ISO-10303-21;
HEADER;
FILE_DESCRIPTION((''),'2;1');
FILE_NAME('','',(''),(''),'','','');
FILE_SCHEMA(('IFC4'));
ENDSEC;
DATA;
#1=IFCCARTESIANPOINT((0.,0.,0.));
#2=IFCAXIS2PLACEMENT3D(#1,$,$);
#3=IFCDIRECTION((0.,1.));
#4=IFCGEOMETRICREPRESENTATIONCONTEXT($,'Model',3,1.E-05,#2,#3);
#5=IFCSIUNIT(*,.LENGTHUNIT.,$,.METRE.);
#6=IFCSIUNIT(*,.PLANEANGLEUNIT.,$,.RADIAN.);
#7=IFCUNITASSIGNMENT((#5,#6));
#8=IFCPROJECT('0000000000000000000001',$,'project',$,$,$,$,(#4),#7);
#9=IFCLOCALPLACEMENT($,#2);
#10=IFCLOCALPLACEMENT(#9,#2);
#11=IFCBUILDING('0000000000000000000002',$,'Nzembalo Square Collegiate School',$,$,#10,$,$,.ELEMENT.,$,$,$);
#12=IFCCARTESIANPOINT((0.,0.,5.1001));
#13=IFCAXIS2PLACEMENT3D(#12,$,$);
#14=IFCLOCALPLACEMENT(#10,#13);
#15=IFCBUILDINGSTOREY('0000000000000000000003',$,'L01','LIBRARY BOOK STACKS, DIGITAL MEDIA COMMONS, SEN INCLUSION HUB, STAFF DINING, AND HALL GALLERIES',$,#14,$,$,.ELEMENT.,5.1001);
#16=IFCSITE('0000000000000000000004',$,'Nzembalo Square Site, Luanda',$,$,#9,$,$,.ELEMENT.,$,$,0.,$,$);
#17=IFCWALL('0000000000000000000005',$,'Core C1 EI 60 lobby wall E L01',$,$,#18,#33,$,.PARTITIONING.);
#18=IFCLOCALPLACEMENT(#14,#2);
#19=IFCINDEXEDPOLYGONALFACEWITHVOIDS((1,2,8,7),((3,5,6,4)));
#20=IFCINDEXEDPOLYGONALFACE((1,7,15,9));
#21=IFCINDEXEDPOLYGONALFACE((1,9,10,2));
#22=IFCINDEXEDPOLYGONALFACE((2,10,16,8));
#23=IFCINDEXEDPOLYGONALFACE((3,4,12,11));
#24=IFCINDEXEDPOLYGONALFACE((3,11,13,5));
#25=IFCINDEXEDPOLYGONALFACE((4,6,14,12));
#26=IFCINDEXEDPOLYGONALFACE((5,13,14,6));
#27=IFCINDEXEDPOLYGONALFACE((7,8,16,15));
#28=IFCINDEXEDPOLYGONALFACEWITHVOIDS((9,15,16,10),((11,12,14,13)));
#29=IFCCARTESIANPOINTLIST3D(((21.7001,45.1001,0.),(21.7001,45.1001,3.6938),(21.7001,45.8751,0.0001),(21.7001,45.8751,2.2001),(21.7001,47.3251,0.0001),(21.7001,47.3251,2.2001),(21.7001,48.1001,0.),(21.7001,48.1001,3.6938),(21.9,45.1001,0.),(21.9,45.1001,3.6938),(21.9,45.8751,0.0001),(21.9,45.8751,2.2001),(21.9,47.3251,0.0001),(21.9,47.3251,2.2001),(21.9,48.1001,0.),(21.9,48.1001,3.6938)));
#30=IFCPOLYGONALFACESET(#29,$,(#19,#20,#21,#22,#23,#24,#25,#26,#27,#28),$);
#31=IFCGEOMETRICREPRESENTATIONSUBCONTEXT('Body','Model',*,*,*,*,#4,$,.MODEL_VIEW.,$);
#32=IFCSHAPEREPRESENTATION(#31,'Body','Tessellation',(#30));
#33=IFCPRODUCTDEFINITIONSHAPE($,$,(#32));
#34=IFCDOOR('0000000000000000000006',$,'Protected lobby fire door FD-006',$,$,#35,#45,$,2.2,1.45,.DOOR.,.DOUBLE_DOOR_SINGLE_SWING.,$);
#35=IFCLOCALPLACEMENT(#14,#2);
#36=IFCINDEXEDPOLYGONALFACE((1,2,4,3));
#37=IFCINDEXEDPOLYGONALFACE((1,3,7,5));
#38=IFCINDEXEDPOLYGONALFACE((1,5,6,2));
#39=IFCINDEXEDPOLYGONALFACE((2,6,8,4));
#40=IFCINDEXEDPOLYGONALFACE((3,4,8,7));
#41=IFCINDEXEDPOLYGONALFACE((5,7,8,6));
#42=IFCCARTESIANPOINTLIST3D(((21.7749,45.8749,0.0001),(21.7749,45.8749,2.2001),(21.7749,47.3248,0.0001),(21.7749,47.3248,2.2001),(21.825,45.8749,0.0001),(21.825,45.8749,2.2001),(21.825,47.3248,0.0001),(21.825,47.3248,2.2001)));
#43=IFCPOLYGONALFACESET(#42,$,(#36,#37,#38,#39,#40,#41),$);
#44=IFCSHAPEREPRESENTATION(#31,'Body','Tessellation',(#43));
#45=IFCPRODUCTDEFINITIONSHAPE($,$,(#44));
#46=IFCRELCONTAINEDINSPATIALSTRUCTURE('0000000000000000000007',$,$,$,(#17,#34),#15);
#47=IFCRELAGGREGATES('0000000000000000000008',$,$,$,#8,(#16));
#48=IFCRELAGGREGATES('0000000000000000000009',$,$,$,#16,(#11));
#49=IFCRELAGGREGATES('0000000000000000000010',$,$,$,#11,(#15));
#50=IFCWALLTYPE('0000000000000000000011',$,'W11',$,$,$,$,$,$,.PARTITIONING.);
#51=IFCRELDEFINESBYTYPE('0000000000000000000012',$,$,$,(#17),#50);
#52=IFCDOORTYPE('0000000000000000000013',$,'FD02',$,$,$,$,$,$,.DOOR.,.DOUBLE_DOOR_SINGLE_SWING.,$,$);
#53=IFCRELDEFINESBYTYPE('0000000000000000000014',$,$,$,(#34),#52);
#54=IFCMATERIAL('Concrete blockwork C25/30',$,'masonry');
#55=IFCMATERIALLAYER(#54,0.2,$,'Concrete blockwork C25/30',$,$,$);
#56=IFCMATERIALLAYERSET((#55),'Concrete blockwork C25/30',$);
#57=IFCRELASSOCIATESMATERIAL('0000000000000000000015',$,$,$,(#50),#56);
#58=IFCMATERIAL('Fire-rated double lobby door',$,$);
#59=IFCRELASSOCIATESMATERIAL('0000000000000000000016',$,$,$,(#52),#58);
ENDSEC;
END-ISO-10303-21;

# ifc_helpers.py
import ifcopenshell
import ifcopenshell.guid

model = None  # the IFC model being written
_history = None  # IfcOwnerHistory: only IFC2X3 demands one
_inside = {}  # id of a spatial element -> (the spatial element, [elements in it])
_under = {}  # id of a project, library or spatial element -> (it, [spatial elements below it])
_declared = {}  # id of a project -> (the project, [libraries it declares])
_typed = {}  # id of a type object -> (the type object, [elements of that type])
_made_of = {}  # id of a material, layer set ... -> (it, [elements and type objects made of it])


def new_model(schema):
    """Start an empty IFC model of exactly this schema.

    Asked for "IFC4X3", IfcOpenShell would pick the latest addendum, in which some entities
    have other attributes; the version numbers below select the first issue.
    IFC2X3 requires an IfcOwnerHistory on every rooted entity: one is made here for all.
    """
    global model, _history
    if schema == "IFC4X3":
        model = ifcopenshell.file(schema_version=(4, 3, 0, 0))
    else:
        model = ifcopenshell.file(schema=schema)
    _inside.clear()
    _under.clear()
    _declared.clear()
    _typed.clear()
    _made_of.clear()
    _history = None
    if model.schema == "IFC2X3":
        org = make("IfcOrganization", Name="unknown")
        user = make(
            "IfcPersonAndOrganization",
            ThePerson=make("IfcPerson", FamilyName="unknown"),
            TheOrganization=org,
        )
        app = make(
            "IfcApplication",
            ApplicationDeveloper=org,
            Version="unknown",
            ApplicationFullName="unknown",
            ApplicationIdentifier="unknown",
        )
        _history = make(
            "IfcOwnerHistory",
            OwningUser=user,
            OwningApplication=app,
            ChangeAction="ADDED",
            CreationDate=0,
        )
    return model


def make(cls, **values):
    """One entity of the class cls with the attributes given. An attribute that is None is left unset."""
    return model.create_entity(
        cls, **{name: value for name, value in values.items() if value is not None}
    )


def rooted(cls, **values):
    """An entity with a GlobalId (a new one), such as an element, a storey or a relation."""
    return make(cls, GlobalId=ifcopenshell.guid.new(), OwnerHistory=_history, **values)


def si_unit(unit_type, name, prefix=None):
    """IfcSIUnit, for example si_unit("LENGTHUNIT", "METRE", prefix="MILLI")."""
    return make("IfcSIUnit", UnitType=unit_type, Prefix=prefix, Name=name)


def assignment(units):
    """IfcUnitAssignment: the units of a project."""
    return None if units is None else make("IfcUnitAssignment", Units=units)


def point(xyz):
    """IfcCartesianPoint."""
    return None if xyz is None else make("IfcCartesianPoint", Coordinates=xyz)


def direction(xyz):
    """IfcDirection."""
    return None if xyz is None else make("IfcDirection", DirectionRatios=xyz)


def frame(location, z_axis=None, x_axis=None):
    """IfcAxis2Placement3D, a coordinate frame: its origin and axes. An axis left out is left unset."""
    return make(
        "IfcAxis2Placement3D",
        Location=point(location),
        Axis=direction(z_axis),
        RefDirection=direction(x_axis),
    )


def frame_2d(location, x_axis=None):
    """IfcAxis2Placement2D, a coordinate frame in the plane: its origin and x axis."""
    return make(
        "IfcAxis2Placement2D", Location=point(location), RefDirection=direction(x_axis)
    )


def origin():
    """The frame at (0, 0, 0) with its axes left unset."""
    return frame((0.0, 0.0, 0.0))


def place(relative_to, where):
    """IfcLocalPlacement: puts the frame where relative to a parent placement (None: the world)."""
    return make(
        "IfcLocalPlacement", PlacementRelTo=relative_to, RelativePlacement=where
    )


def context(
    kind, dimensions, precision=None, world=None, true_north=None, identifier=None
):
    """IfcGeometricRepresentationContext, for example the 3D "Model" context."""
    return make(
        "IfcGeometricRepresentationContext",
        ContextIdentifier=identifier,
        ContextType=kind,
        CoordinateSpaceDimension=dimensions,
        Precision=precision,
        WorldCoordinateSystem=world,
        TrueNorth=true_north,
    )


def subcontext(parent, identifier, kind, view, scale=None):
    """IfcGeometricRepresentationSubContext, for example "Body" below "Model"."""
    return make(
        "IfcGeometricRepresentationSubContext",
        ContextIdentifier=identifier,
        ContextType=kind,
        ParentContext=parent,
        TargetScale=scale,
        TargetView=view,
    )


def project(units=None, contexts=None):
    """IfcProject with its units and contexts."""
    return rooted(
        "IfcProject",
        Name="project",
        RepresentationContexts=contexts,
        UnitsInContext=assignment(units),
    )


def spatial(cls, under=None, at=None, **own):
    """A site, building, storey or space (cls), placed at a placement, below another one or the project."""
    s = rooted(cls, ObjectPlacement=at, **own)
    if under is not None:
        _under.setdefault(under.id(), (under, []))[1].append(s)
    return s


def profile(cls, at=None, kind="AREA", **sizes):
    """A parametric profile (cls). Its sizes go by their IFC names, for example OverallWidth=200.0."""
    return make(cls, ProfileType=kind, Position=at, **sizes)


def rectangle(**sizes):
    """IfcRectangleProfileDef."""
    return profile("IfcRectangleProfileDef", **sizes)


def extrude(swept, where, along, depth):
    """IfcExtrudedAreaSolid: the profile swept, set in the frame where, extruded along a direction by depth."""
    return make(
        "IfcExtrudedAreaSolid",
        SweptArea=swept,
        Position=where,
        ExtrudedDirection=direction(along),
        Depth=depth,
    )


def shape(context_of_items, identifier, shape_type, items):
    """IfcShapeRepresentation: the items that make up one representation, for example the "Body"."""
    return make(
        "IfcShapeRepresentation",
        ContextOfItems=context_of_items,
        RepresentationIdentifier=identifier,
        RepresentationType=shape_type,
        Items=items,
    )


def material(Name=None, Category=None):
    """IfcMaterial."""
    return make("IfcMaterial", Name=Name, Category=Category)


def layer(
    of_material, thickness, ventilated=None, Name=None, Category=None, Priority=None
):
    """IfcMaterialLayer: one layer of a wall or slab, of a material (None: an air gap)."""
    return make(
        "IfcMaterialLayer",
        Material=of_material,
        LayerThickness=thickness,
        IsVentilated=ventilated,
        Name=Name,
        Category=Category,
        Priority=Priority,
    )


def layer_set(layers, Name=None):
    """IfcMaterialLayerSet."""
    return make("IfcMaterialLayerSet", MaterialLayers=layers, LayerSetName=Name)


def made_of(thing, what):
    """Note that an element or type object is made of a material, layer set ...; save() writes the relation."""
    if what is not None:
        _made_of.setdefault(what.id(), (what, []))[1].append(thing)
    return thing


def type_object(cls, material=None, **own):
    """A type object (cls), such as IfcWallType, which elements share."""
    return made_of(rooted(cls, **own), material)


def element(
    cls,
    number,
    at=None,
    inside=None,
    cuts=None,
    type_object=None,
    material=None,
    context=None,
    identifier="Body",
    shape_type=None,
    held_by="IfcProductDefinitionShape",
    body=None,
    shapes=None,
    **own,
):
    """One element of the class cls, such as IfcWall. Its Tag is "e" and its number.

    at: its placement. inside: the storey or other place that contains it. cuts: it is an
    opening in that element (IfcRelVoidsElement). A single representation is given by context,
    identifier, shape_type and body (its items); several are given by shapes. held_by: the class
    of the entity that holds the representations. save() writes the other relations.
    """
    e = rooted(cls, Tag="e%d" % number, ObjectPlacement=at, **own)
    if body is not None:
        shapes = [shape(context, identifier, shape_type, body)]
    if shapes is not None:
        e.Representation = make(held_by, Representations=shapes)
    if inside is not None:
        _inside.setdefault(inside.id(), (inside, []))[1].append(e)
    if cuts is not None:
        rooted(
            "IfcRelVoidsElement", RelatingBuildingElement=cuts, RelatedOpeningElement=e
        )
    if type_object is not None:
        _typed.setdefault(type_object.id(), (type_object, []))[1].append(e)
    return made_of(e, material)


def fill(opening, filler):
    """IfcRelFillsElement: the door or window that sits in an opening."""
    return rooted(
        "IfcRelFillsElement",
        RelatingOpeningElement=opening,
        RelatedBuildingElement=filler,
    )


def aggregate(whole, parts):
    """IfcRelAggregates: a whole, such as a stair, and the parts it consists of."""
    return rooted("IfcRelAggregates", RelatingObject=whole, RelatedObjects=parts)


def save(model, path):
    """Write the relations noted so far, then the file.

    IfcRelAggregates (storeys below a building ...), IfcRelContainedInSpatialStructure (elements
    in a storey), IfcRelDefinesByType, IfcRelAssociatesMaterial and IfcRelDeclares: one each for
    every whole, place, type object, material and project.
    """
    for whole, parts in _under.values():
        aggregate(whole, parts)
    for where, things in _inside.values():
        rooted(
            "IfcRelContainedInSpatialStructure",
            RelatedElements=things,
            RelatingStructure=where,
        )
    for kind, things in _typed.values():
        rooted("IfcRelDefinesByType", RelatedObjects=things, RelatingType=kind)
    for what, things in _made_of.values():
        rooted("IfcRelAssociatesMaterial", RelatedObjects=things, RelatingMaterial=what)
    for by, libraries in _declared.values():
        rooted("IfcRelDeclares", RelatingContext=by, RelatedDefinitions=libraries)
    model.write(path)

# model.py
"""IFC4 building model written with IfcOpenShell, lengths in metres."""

from ifc_helpers import new_model, si_unit, direction, frame, frame_2d, origin, place, context, subcontext, project, spatial, rectangle, extrude, material, layer, layer_set, type_object, element, fill, save


model = new_model("IFC4")

# Units and contexts
model_context = context("Model", 3, precision=1e-05, world=origin(), true_north=direction((0.0, 1.0)))
body_context = subcontext(model_context, "Body", "Model", "MODEL_VIEW")
ifc_project = project(units=[si_unit("LENGTHUNIT", "METRE"), si_unit("PLANEANGLEUNIT", "RADIAN")], contexts=[model_context])

# Site, building, storey
site_placement = place(None, origin())
site = spatial("IfcSite", under=ifc_project, at=site_placement, Name="Nzembalo Square Site, Luanda", CompositionType="ELEMENT", RefElevation=0.0)
building_placement = place(site_placement, origin())
building = spatial("IfcBuilding", under=site, at=building_placement, Name="Nzembalo Square Collegiate School", CompositionType="ELEMENT")
storey_placement = place(building_placement, frame((0.0, 0.0, 5.1001)))
storey = spatial("IfcBuildingStorey", under=building, at=storey_placement, Name="L01", Description="LIBRARY BOOK STACKS, DIGITAL MEDIA COMMONS, SEN INCLUSION HUB, STAFF DINING, AND HALL GALLERIES", CompositionType="ELEMENT", Elevation=5.1001)

# Wall, opening, door
ifc_material_1 = material(Name="Concrete blockwork C25/30", Category="masonry")
ifc_layer_1 = layer(ifc_material_1, 0.2, Name="Concrete blockwork C25/30")
ifc_layer_set_1 = layer_set([ifc_layer_1], Name="Concrete blockwork C25/30")
wall_type_1 = type_object("IfcWallType", Name="W11", PredefinedType="PARTITIONING", material=ifc_layer_set_1)
wall_1_placement = place(storey_placement, frame((21.8, 45.1001, 0.0), z_axis=(0.0, 0.0, 1.0), x_axis=(0.0, 1.0, 0.0)))
wall_1 = element("IfcWall", 1, at=wall_1_placement, inside=storey, type_object=wall_type_1, Name="Core C1 EI 60 lobby wall E L01", PredefinedType="PARTITIONING", context=body_context, shape_type="SweptSolid", body=[
    extrude(rectangle(XDim=3.0, YDim=0.2, at=frame_2d((1.5, 0.0))), origin(), (0.0, 0.0, 1.0), 3.6938),
])
opening_placement = place(wall_1_placement, frame((0.7749, 0.0, 0.0)))
opening = element("IfcOpeningElement", 2, at=opening_placement, cuts=wall_1, PredefinedType="OPENING", context=body_context, shape_type="SweptSolid", body=[
    extrude(rectangle(XDim=1.45, YDim=2.2, at=frame_2d((0.7251, 1.1001))), frame((0.0, 0.1099, 0.0), z_axis=(0.0, -1.0, 0.0), x_axis=(1.0, 0.0, 0.0)), (0.0, 0.0, 1.0), 0.22),
])
ifc_material_2 = material(Name="Fire-rated double lobby door")
door_type = type_object("IfcDoorType", Name="FD02", OperationType="DOUBLE_DOOR_SINGLE_SWING", PredefinedType="DOOR", material=ifc_material_2)
door_placement = place(opening_placement, frame((1.45, 0.0, 0.0), z_axis=(0.0, 0.0, 1.0), x_axis=(-1.0, 0.0, 0.0)))
door = element("IfcDoor", 3, at=door_placement, inside=storey, type_object=door_type, Name="Protected lobby fire door FD-006", OperationType="DOUBLE_DOOR_SINGLE_SWING", OverallHeight=2.2, OverallWidth=1.45, PredefinedType="DOOR", context=body_context, shape_type="SweptSolid", body=[
    extrude(rectangle(XDim=1.45, YDim=2.2, at=frame_2d((0.7251, 1.1001))), frame((0.0, 0.0249, 0.0), z_axis=(0.0, -1.0, 0.0), x_axis=(1.0, 0.0, 0.0)), (0.0, 0.0, 1.0), 0.05),
])
fill(opening, door)

save(model, "model.ifc")
